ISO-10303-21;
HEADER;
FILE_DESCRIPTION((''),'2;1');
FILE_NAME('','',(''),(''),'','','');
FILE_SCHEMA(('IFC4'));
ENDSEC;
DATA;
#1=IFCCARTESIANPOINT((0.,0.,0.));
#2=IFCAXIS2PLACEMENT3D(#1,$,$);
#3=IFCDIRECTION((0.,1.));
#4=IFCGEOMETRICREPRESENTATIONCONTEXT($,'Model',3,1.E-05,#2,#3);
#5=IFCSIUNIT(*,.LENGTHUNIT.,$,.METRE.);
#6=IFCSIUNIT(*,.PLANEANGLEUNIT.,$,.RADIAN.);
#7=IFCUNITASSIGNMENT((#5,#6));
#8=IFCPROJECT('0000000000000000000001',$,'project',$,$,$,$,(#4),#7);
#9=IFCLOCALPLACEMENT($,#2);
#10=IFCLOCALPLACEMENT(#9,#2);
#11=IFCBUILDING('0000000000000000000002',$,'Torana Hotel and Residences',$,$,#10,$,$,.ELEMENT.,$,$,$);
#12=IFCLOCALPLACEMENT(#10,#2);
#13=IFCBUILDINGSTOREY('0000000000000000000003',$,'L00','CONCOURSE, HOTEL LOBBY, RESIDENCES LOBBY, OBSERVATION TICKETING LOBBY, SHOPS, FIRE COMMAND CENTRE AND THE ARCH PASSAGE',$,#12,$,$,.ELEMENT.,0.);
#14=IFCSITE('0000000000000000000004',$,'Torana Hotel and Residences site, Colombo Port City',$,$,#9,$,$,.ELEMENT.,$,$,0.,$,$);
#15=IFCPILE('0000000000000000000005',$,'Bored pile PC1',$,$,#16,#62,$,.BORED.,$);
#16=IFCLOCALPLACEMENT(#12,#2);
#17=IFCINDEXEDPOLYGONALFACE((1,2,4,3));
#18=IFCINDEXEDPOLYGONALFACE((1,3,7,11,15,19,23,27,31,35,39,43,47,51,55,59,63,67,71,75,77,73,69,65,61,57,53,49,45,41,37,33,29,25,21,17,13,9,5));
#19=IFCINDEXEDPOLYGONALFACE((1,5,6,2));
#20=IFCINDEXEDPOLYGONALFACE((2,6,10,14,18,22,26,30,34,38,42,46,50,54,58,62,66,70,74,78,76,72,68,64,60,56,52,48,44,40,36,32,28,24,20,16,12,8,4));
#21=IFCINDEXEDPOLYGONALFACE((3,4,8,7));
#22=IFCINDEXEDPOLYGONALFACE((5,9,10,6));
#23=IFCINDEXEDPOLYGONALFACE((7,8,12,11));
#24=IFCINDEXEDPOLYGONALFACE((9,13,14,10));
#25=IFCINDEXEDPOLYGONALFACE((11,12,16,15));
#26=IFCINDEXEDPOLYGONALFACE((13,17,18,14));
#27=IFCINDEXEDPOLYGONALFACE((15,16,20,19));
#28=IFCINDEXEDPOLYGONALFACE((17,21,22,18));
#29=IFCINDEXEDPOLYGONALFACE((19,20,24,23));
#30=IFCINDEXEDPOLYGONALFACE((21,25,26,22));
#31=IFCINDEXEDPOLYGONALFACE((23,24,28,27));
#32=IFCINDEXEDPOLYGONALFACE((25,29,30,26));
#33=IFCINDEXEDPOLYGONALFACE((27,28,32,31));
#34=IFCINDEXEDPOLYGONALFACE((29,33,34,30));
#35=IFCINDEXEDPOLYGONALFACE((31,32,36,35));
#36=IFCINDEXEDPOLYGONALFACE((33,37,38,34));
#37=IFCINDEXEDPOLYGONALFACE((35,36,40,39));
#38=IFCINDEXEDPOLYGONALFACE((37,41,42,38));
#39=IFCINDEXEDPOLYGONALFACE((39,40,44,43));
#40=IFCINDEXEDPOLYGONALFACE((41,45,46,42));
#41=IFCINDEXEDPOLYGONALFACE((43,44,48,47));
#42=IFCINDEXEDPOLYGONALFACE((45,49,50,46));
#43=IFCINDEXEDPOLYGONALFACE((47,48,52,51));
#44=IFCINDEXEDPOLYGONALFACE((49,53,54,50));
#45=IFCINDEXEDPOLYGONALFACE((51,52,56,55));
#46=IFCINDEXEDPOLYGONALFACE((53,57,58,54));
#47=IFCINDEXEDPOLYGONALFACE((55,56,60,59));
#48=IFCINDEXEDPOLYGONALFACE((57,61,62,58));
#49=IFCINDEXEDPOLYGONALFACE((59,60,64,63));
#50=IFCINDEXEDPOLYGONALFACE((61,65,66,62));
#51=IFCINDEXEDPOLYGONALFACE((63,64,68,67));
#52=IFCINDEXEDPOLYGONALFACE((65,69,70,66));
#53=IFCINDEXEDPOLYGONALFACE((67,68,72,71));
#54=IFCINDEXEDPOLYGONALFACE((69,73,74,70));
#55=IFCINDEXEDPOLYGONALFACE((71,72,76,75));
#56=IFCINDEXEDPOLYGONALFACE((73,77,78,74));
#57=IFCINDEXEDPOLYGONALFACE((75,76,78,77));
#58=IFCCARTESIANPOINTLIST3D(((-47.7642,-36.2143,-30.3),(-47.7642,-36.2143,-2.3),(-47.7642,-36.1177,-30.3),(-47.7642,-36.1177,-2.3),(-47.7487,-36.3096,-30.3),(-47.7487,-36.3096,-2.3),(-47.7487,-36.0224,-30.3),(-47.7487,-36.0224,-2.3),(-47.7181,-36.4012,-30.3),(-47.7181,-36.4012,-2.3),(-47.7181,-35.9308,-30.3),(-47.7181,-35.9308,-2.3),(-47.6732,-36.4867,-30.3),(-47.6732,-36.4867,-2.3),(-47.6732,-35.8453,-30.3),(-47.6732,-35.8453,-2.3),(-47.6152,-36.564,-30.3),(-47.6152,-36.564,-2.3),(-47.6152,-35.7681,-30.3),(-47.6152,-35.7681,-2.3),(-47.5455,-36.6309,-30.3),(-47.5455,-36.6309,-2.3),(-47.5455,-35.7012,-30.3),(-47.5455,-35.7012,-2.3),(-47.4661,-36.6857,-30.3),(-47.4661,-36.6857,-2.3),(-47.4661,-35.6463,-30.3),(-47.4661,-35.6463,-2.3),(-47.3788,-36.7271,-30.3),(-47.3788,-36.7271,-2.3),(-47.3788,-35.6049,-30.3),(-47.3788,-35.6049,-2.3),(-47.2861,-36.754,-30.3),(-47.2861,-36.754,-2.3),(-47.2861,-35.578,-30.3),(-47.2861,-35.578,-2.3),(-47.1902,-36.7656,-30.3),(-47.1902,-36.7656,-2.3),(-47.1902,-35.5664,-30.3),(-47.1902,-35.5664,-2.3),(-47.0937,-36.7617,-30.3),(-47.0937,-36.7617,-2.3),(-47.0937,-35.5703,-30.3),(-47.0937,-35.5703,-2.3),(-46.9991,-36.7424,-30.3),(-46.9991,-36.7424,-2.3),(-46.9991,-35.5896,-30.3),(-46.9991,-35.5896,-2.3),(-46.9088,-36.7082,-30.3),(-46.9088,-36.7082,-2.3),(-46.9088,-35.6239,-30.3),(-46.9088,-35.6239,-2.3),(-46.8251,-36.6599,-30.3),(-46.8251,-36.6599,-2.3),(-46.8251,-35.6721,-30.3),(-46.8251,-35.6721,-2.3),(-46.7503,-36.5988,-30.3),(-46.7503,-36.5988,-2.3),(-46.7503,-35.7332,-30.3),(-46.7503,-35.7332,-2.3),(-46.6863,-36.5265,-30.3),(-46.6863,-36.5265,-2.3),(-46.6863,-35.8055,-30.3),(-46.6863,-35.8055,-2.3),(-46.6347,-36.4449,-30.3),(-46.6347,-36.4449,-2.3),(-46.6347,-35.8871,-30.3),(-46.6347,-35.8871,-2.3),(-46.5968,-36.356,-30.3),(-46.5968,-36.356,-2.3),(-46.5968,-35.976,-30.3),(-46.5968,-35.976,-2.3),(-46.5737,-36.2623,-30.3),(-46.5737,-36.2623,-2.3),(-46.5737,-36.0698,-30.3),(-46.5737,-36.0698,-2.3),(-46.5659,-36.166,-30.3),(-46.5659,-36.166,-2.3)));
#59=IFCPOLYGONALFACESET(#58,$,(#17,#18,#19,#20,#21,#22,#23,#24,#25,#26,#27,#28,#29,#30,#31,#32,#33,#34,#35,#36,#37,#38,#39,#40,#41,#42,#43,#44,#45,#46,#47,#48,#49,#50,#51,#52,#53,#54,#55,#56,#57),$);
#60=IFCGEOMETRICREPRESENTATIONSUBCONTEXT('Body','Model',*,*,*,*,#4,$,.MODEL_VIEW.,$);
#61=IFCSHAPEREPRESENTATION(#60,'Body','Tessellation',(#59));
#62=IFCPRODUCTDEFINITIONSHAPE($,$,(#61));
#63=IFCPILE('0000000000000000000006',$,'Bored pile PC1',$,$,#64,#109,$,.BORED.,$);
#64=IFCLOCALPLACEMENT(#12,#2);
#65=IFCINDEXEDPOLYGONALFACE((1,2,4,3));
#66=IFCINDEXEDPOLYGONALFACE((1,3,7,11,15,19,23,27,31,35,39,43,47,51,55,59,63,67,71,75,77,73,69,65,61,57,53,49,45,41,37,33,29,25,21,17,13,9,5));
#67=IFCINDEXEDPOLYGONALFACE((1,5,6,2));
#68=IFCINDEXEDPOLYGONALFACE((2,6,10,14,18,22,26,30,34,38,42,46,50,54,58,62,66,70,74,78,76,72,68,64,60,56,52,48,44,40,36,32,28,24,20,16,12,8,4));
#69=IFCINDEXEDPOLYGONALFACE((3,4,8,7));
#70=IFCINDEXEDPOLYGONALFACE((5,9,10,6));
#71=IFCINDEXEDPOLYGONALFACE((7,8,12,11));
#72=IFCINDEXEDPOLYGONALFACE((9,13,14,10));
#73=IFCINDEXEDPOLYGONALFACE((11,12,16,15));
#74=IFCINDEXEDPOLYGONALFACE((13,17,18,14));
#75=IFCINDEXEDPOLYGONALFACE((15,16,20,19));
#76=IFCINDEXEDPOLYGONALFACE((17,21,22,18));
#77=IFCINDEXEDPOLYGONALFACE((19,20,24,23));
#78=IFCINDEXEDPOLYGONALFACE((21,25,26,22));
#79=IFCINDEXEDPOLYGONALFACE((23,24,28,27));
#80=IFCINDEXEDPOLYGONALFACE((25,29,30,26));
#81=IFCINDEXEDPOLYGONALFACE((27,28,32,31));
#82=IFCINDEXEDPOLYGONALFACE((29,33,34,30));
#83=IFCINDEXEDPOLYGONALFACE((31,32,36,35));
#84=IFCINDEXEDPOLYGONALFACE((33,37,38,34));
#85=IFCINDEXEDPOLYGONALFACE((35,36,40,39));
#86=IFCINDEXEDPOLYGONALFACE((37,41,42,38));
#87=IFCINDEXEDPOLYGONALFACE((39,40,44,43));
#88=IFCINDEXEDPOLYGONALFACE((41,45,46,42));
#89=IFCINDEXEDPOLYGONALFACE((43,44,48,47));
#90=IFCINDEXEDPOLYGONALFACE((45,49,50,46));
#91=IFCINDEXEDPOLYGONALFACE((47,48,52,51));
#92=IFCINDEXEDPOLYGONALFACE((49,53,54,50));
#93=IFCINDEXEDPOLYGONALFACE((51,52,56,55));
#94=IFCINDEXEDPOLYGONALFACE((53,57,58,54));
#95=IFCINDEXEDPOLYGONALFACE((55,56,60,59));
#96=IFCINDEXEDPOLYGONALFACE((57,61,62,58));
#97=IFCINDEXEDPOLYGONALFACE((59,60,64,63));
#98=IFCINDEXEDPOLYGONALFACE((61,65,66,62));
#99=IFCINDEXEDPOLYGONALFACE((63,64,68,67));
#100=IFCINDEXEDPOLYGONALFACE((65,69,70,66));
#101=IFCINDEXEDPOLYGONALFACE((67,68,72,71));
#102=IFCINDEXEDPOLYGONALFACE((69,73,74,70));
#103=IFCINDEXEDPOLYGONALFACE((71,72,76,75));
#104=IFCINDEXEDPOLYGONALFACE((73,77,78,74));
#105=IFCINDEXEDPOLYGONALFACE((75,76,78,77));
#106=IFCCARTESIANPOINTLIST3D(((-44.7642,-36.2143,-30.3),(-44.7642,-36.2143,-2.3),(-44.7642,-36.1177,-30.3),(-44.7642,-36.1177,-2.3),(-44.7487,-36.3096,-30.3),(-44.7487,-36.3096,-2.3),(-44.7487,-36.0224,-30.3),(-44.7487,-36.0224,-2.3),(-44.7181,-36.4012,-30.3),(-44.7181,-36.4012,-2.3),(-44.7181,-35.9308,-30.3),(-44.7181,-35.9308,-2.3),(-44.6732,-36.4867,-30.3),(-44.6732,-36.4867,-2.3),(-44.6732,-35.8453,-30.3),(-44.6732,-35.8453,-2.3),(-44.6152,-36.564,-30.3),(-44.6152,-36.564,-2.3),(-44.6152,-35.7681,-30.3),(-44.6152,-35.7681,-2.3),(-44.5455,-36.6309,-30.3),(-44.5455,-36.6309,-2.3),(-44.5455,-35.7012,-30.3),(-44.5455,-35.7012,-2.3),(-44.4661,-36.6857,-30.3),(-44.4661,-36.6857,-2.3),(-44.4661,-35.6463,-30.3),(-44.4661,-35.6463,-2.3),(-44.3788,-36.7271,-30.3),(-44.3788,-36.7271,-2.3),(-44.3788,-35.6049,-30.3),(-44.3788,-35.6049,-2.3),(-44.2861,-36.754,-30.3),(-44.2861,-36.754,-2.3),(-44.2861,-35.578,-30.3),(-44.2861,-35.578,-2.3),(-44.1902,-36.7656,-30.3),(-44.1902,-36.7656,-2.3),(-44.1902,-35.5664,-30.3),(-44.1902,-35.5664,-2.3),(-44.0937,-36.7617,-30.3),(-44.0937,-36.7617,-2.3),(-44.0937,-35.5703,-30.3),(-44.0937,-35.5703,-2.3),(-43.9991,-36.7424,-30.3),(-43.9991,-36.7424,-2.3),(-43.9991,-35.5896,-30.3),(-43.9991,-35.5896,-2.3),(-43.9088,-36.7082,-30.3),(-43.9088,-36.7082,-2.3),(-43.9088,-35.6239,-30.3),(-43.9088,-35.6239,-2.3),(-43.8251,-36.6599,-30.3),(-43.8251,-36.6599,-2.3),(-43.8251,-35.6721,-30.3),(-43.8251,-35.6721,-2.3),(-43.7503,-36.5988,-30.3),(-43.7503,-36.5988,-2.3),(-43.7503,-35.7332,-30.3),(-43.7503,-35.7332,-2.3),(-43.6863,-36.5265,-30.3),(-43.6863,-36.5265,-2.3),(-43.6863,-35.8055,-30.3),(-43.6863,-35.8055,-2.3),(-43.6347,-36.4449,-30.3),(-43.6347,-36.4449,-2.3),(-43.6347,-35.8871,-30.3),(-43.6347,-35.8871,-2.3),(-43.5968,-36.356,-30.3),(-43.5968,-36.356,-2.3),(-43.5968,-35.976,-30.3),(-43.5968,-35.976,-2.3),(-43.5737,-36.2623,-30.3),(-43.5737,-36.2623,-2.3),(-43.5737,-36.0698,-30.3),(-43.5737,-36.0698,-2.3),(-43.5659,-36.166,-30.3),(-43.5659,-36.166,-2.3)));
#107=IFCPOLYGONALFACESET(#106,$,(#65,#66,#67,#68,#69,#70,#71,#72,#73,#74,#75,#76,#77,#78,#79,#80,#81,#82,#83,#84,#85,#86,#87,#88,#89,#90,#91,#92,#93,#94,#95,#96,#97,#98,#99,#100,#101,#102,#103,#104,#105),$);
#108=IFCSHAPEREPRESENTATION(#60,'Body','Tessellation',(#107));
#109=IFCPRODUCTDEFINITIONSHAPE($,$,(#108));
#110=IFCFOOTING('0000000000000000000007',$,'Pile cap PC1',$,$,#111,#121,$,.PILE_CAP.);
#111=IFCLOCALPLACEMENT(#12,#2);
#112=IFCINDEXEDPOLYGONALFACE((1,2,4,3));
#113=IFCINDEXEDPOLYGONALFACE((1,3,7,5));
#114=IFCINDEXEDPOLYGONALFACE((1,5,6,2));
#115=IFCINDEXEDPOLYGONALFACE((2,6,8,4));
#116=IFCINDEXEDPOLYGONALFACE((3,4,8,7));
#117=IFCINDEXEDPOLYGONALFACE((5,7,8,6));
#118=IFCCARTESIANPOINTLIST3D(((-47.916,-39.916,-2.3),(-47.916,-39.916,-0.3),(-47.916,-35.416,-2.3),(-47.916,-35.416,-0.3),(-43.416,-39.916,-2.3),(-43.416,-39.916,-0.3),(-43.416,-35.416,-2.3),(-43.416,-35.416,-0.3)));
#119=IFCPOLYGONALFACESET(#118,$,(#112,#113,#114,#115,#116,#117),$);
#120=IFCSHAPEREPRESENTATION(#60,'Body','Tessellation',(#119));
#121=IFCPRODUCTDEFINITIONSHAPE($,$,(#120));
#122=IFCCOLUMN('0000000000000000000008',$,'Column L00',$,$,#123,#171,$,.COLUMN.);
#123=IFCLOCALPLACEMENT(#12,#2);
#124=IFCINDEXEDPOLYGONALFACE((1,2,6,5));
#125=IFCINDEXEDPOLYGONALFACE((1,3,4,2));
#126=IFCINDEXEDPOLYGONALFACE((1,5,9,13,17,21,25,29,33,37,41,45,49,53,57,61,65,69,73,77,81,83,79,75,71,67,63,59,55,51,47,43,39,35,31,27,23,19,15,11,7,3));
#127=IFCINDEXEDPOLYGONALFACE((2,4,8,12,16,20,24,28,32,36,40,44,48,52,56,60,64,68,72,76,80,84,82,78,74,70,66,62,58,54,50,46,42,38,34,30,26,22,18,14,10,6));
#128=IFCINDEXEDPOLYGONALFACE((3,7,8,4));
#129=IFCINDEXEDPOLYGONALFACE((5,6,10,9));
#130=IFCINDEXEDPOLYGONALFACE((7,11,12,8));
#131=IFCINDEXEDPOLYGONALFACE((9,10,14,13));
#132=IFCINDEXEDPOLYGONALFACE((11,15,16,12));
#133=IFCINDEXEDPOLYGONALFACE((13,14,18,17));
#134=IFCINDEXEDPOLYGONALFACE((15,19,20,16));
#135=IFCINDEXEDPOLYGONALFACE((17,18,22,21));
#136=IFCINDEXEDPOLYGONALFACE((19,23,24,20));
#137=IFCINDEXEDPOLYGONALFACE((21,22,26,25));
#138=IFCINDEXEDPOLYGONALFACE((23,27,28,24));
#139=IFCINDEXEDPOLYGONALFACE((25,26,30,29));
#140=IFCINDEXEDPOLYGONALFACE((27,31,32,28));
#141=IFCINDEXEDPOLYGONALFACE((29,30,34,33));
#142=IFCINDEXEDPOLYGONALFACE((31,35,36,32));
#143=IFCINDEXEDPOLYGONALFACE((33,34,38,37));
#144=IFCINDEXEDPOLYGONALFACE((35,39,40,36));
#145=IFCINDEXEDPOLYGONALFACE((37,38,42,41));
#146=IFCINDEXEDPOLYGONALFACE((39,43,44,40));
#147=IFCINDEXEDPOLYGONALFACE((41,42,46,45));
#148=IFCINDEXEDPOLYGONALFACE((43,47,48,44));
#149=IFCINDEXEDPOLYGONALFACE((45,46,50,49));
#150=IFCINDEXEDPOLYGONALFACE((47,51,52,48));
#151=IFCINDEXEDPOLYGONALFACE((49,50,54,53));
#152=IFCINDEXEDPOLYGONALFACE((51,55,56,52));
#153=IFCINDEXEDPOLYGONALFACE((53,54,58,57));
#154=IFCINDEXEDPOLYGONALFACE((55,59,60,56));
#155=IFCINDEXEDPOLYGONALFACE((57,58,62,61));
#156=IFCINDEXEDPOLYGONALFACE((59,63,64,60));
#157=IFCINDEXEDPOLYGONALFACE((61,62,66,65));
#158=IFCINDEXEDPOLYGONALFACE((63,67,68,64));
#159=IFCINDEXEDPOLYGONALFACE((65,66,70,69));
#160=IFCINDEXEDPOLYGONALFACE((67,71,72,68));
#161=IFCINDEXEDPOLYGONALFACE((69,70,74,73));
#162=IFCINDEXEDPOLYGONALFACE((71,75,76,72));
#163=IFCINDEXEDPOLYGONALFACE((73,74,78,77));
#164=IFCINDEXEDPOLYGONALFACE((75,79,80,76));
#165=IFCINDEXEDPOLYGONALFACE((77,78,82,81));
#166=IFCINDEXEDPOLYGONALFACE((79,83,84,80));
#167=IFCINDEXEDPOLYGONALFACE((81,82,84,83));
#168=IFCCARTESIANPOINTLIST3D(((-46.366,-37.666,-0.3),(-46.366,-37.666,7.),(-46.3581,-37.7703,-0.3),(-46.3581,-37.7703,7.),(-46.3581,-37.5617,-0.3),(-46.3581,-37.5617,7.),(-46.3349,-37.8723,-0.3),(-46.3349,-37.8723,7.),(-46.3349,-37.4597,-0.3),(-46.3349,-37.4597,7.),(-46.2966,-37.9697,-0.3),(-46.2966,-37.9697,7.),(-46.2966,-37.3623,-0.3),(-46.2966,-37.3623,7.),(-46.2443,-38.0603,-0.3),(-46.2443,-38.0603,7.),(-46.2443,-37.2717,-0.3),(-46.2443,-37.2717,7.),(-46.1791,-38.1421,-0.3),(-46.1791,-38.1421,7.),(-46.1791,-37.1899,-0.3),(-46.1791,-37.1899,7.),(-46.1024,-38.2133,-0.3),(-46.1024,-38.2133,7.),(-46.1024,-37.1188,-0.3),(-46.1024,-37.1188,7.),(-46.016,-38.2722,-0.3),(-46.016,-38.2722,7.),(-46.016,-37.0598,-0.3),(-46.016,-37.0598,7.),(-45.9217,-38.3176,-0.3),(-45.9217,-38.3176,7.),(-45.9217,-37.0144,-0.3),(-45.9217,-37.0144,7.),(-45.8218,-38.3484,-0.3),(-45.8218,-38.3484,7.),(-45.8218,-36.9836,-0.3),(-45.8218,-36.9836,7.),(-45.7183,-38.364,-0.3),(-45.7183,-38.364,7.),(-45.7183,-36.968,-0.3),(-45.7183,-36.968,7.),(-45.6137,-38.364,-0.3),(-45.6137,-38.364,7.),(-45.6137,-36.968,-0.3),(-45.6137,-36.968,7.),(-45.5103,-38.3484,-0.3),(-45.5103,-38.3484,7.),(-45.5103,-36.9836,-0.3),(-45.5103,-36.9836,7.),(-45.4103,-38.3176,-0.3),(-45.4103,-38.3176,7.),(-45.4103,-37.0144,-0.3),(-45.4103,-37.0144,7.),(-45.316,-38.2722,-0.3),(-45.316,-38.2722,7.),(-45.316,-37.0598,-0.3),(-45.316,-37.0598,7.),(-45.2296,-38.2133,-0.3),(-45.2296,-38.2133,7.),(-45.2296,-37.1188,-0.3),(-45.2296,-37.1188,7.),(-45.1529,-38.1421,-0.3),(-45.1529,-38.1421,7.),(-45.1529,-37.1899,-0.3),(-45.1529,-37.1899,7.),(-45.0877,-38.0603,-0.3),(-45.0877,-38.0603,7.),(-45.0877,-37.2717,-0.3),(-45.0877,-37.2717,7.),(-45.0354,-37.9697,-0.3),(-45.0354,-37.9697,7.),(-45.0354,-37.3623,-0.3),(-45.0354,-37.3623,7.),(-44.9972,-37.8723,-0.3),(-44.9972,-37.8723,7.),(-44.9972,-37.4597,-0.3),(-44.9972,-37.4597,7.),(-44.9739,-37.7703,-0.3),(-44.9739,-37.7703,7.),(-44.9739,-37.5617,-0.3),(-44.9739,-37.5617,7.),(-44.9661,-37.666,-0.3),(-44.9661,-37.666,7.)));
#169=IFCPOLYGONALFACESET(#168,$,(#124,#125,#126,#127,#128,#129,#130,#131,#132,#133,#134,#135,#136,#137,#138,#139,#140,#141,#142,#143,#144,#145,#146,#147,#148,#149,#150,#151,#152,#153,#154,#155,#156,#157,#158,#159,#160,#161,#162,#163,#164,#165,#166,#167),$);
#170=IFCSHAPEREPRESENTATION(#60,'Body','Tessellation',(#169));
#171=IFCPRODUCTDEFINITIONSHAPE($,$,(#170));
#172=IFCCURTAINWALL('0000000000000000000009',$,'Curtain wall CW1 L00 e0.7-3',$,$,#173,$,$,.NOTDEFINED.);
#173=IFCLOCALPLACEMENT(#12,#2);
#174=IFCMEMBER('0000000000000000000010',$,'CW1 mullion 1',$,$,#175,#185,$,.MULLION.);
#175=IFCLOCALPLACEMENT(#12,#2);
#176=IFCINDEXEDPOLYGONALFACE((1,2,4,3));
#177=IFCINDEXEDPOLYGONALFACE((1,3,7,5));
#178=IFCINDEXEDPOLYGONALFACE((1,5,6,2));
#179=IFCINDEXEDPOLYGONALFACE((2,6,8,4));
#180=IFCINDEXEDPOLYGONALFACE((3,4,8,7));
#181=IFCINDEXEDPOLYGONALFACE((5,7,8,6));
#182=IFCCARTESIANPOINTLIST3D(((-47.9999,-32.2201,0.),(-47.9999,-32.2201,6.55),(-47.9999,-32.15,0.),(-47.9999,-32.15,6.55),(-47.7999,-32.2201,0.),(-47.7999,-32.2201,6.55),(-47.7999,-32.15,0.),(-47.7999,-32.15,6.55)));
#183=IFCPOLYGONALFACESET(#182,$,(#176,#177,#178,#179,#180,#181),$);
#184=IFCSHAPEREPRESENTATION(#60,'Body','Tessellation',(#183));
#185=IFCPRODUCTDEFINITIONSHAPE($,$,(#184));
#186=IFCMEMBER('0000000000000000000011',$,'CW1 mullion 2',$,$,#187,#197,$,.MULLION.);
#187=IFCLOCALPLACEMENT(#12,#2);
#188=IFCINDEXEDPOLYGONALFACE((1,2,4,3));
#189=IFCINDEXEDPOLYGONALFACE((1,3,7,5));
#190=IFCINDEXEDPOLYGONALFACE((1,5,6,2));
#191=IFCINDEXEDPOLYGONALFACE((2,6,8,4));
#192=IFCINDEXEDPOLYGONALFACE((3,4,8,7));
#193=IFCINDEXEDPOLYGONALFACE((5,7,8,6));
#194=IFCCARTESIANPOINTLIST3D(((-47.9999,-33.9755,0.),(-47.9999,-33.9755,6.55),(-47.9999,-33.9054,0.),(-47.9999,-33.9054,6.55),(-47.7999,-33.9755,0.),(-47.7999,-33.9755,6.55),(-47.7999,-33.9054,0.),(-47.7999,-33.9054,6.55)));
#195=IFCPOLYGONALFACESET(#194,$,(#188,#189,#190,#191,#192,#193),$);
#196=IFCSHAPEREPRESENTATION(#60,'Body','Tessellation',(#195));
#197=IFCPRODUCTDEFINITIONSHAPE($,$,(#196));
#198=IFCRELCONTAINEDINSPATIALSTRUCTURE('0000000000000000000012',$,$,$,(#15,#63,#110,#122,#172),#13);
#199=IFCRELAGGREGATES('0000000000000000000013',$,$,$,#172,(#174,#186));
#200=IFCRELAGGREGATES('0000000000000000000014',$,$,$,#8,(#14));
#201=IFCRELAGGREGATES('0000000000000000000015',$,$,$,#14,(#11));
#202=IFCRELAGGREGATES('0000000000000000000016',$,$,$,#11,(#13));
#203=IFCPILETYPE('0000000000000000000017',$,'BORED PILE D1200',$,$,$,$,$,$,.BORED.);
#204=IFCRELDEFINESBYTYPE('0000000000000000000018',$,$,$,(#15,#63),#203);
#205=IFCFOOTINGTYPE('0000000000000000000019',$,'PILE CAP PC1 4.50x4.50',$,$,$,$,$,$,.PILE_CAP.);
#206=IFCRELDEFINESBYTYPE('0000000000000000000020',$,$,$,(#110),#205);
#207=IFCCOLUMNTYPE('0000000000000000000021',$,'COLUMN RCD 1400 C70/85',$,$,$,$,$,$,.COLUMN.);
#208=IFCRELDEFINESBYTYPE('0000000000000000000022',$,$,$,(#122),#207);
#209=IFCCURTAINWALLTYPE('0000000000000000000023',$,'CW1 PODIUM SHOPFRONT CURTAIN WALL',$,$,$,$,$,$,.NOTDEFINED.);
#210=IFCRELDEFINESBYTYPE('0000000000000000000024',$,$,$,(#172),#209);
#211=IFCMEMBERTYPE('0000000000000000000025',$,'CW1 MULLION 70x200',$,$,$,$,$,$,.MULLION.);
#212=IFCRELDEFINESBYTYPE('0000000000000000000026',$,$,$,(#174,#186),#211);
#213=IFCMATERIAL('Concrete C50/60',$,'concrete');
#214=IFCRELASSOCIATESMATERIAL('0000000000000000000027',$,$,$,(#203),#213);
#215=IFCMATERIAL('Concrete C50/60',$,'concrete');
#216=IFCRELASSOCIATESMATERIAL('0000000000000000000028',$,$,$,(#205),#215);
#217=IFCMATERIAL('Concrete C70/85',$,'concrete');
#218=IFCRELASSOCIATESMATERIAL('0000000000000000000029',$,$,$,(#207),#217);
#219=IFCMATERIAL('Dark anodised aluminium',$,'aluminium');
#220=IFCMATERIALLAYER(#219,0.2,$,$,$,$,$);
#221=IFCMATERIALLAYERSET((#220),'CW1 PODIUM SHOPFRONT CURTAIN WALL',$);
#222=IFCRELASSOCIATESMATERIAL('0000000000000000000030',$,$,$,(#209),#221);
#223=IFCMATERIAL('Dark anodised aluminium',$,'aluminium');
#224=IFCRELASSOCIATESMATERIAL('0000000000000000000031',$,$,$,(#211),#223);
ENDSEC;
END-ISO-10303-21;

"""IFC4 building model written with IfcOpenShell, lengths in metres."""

from ifc_helpers import new_model, si_unit, direction, frame, origin, origin_2d, place, context, subcontext, project, spatial, rectangle, circle, extrude, material, layer, layer_set, material_profile, profile_set, type_object, element, aggregate, save


model = new_model("IFC4")

# Units and contexts
model_context = context("Model", 3, precision=1e-05, world=origin(), true_north=direction((0.0, 1.0)))
body_context = subcontext(model_context, "Body", "Model", "MODEL_VIEW")
ifc_project = project(units=[si_unit("LENGTHUNIT", "METRE"), si_unit("PLANEANGLEUNIT", "RADIAN")], contexts=[model_context])

# Site, building, storey
site_placement = place(None, origin())
site = spatial("IfcSite", under=ifc_project, at=site_placement, Name="Torana Hotel and Residences site, Colombo Port City", CompositionType="ELEMENT", RefElevation=0.0)
building_placement = place(site_placement, origin())
building = spatial("IfcBuilding", under=site, at=building_placement, Name="Torana Hotel and Residences", CompositionType="ELEMENT")
storey_placement = place(building_placement, origin())
storey = spatial("IfcBuildingStorey", under=building, at=storey_placement, Name="L00", Description="CONCOURSE, HOTEL LOBBY, RESIDENCES LOBBY, OBSERVATION TICKETING LOBBY, SHOPS, FIRE COMMAND CENTRE AND THE ARCH PASSAGE", CompositionType="ELEMENT", Elevation=0.0)

# Piles
ifc_material_1 = material(Name="Concrete C50/60", Category="concrete")
pile_type = type_object("IfcPileType", Name="BORED PILE D1200", PredefinedType="BORED", material=ifc_material_1)
for number, where, z_axis, x_axis, name in (
    (1, (-47.166, -36.166, -2.3), (0.0, 0.0, -1.0), (1.0, 0.0, 0.0), "Bored pile PC1"),
    (2, (-44.166, -36.166, -2.3), (0.0, 0.0, -1.0), (1.0, 0.0, 0.0), "Bored pile PC1"),
):
    element("IfcPile", number, at=place(storey_placement, frame(where, z_axis=z_axis, x_axis=x_axis)), inside=storey, type_object=pile_type, Name=name, PredefinedType="BORED", context=body_context, shape_type="SweptSolid", body=[
        extrude(circle(Radius=0.6001, at=origin_2d()), origin(), (0.0, 0.0, 1.0), 28.0),
    ])

# Footing
ifc_material_2 = material(Name="Concrete C50/60", Category="concrete")
footing_type = type_object("IfcFootingType", Name="PILE CAP PC1 4.50x4.50", PredefinedType="PILE_CAP", material=ifc_material_2)
footing_placement = place(storey_placement, frame((-45.666, -37.666, -2.3), z_axis=(0.0, 0.0, 1.0), x_axis=(1.0, 0.0, 0.0)))
element("IfcFooting", 3, at=footing_placement, inside=storey, type_object=footing_type, Name="Pile cap PC1", PredefinedType="PILE_CAP", context=body_context, shape_type="SweptSolid", body=[
    extrude(rectangle(XDim=4.5, YDim=4.5, at=origin_2d()), origin(), (0.0, 0.0, 1.0), 2.0),
])

# Column
ifc_material_3 = material(Name="Concrete C70/85", Category="concrete")
ifc_material_profile_1 = material_profile(ifc_material_3, circle(Radius=0.7, at=origin_2d()), Name="RCD 1400")
ifc_profile_set_1 = profile_set([ifc_material_profile_1], Name="Concrete C70/85")
column_type = type_object("IfcColumnType", Name="COLUMN RCD 1400 C70/85", PredefinedType="COLUMN", material=ifc_profile_set_1)
column_placement = place(storey_placement, frame((-45.666, -37.666, -0.3), z_axis=(0.0, 0.0, 1.0), x_axis=(1.0, 0.0, 0.0)))
element("IfcColumn", 4, at=column_placement, inside=storey, type_object=column_type, Name="Column L00", PredefinedType="COLUMN", context=body_context, shape_type="SweptSolid", body=[
    extrude(circle(Radius=0.7, at=origin_2d()), origin(), (0.0, 0.0, 1.0), 7.3),
])

# Curtain wall, members
ifc_material_4 = material(Name="Dark anodised aluminium", Category="aluminium")
ifc_layer_1 = layer(ifc_material_4, 0.2)
ifc_layer_set_1 = layer_set([ifc_layer_1], Name="CW1 PODIUM SHOPFRONT CURTAIN WALL")
curtain_wall_type = type_object("IfcCurtainWallType", Name="CW1 PODIUM SHOPFRONT CURTAIN WALL", PredefinedType="NOTDEFINED", material=ifc_layer_set_1)
curtain_wall_1_placement = place(storey_placement, origin())
curtain_wall_1 = element("IfcCurtainWall", 5, at=curtain_wall_1_placement, inside=storey, type_object=curtain_wall_type, Name="Curtain wall CW1 L00 e0.7-3", PredefinedType="NOTDEFINED")
ifc_material_5 = material(Name="Dark anodised aluminium", Category="aluminium")
ifc_material_profile_2 = material_profile(ifc_material_5, rectangle(XDim=0.2, YDim=0.0701, at=origin_2d()), Name="CW1 MULLION 70x200")
ifc_profile_set_2 = profile_set([ifc_material_profile_2], Name="Dark anodised aluminium")
member_type_1 = type_object("IfcMemberType", Name="CW1 MULLION 70x200", PredefinedType="MULLION", material=ifc_profile_set_2)
member_1_placement = place(storey_placement, frame((-47.8999, -32.1851, 0.0), z_axis=(0.0, 0.0, 1.0), x_axis=(1.0, 0.0, 0.0)))
member_1 = element("IfcMember", 6, at=member_1_placement, type_object=member_type_1, Name="CW1 mullion 1", PredefinedType="MULLION", context=body_context, shape_type="SweptSolid", body=[
    extrude(rectangle(XDim=0.2, YDim=0.0701, at=origin_2d()), origin(), (0.0, 0.0, 1.0), 6.55),
])
member_2_placement = place(storey_placement, frame((-47.8999, -33.9404, 0.0), z_axis=(0.0, 0.0, 1.0), x_axis=(1.0, 0.0, 0.0)))
member_2 = element("IfcMember", 7, at=member_2_placement, type_object=member_type_1, Name="CW1 mullion 2", PredefinedType="MULLION", context=body_context, shape_type="SweptSolid", body=[
    extrude(rectangle(XDim=0.2, YDim=0.0701, at=origin_2d()), origin(), (0.0, 0.0, 1.0), 6.55),
])

aggregate(curtain_wall_1, [member_1, member_2])

save(model, "model.ifc")
